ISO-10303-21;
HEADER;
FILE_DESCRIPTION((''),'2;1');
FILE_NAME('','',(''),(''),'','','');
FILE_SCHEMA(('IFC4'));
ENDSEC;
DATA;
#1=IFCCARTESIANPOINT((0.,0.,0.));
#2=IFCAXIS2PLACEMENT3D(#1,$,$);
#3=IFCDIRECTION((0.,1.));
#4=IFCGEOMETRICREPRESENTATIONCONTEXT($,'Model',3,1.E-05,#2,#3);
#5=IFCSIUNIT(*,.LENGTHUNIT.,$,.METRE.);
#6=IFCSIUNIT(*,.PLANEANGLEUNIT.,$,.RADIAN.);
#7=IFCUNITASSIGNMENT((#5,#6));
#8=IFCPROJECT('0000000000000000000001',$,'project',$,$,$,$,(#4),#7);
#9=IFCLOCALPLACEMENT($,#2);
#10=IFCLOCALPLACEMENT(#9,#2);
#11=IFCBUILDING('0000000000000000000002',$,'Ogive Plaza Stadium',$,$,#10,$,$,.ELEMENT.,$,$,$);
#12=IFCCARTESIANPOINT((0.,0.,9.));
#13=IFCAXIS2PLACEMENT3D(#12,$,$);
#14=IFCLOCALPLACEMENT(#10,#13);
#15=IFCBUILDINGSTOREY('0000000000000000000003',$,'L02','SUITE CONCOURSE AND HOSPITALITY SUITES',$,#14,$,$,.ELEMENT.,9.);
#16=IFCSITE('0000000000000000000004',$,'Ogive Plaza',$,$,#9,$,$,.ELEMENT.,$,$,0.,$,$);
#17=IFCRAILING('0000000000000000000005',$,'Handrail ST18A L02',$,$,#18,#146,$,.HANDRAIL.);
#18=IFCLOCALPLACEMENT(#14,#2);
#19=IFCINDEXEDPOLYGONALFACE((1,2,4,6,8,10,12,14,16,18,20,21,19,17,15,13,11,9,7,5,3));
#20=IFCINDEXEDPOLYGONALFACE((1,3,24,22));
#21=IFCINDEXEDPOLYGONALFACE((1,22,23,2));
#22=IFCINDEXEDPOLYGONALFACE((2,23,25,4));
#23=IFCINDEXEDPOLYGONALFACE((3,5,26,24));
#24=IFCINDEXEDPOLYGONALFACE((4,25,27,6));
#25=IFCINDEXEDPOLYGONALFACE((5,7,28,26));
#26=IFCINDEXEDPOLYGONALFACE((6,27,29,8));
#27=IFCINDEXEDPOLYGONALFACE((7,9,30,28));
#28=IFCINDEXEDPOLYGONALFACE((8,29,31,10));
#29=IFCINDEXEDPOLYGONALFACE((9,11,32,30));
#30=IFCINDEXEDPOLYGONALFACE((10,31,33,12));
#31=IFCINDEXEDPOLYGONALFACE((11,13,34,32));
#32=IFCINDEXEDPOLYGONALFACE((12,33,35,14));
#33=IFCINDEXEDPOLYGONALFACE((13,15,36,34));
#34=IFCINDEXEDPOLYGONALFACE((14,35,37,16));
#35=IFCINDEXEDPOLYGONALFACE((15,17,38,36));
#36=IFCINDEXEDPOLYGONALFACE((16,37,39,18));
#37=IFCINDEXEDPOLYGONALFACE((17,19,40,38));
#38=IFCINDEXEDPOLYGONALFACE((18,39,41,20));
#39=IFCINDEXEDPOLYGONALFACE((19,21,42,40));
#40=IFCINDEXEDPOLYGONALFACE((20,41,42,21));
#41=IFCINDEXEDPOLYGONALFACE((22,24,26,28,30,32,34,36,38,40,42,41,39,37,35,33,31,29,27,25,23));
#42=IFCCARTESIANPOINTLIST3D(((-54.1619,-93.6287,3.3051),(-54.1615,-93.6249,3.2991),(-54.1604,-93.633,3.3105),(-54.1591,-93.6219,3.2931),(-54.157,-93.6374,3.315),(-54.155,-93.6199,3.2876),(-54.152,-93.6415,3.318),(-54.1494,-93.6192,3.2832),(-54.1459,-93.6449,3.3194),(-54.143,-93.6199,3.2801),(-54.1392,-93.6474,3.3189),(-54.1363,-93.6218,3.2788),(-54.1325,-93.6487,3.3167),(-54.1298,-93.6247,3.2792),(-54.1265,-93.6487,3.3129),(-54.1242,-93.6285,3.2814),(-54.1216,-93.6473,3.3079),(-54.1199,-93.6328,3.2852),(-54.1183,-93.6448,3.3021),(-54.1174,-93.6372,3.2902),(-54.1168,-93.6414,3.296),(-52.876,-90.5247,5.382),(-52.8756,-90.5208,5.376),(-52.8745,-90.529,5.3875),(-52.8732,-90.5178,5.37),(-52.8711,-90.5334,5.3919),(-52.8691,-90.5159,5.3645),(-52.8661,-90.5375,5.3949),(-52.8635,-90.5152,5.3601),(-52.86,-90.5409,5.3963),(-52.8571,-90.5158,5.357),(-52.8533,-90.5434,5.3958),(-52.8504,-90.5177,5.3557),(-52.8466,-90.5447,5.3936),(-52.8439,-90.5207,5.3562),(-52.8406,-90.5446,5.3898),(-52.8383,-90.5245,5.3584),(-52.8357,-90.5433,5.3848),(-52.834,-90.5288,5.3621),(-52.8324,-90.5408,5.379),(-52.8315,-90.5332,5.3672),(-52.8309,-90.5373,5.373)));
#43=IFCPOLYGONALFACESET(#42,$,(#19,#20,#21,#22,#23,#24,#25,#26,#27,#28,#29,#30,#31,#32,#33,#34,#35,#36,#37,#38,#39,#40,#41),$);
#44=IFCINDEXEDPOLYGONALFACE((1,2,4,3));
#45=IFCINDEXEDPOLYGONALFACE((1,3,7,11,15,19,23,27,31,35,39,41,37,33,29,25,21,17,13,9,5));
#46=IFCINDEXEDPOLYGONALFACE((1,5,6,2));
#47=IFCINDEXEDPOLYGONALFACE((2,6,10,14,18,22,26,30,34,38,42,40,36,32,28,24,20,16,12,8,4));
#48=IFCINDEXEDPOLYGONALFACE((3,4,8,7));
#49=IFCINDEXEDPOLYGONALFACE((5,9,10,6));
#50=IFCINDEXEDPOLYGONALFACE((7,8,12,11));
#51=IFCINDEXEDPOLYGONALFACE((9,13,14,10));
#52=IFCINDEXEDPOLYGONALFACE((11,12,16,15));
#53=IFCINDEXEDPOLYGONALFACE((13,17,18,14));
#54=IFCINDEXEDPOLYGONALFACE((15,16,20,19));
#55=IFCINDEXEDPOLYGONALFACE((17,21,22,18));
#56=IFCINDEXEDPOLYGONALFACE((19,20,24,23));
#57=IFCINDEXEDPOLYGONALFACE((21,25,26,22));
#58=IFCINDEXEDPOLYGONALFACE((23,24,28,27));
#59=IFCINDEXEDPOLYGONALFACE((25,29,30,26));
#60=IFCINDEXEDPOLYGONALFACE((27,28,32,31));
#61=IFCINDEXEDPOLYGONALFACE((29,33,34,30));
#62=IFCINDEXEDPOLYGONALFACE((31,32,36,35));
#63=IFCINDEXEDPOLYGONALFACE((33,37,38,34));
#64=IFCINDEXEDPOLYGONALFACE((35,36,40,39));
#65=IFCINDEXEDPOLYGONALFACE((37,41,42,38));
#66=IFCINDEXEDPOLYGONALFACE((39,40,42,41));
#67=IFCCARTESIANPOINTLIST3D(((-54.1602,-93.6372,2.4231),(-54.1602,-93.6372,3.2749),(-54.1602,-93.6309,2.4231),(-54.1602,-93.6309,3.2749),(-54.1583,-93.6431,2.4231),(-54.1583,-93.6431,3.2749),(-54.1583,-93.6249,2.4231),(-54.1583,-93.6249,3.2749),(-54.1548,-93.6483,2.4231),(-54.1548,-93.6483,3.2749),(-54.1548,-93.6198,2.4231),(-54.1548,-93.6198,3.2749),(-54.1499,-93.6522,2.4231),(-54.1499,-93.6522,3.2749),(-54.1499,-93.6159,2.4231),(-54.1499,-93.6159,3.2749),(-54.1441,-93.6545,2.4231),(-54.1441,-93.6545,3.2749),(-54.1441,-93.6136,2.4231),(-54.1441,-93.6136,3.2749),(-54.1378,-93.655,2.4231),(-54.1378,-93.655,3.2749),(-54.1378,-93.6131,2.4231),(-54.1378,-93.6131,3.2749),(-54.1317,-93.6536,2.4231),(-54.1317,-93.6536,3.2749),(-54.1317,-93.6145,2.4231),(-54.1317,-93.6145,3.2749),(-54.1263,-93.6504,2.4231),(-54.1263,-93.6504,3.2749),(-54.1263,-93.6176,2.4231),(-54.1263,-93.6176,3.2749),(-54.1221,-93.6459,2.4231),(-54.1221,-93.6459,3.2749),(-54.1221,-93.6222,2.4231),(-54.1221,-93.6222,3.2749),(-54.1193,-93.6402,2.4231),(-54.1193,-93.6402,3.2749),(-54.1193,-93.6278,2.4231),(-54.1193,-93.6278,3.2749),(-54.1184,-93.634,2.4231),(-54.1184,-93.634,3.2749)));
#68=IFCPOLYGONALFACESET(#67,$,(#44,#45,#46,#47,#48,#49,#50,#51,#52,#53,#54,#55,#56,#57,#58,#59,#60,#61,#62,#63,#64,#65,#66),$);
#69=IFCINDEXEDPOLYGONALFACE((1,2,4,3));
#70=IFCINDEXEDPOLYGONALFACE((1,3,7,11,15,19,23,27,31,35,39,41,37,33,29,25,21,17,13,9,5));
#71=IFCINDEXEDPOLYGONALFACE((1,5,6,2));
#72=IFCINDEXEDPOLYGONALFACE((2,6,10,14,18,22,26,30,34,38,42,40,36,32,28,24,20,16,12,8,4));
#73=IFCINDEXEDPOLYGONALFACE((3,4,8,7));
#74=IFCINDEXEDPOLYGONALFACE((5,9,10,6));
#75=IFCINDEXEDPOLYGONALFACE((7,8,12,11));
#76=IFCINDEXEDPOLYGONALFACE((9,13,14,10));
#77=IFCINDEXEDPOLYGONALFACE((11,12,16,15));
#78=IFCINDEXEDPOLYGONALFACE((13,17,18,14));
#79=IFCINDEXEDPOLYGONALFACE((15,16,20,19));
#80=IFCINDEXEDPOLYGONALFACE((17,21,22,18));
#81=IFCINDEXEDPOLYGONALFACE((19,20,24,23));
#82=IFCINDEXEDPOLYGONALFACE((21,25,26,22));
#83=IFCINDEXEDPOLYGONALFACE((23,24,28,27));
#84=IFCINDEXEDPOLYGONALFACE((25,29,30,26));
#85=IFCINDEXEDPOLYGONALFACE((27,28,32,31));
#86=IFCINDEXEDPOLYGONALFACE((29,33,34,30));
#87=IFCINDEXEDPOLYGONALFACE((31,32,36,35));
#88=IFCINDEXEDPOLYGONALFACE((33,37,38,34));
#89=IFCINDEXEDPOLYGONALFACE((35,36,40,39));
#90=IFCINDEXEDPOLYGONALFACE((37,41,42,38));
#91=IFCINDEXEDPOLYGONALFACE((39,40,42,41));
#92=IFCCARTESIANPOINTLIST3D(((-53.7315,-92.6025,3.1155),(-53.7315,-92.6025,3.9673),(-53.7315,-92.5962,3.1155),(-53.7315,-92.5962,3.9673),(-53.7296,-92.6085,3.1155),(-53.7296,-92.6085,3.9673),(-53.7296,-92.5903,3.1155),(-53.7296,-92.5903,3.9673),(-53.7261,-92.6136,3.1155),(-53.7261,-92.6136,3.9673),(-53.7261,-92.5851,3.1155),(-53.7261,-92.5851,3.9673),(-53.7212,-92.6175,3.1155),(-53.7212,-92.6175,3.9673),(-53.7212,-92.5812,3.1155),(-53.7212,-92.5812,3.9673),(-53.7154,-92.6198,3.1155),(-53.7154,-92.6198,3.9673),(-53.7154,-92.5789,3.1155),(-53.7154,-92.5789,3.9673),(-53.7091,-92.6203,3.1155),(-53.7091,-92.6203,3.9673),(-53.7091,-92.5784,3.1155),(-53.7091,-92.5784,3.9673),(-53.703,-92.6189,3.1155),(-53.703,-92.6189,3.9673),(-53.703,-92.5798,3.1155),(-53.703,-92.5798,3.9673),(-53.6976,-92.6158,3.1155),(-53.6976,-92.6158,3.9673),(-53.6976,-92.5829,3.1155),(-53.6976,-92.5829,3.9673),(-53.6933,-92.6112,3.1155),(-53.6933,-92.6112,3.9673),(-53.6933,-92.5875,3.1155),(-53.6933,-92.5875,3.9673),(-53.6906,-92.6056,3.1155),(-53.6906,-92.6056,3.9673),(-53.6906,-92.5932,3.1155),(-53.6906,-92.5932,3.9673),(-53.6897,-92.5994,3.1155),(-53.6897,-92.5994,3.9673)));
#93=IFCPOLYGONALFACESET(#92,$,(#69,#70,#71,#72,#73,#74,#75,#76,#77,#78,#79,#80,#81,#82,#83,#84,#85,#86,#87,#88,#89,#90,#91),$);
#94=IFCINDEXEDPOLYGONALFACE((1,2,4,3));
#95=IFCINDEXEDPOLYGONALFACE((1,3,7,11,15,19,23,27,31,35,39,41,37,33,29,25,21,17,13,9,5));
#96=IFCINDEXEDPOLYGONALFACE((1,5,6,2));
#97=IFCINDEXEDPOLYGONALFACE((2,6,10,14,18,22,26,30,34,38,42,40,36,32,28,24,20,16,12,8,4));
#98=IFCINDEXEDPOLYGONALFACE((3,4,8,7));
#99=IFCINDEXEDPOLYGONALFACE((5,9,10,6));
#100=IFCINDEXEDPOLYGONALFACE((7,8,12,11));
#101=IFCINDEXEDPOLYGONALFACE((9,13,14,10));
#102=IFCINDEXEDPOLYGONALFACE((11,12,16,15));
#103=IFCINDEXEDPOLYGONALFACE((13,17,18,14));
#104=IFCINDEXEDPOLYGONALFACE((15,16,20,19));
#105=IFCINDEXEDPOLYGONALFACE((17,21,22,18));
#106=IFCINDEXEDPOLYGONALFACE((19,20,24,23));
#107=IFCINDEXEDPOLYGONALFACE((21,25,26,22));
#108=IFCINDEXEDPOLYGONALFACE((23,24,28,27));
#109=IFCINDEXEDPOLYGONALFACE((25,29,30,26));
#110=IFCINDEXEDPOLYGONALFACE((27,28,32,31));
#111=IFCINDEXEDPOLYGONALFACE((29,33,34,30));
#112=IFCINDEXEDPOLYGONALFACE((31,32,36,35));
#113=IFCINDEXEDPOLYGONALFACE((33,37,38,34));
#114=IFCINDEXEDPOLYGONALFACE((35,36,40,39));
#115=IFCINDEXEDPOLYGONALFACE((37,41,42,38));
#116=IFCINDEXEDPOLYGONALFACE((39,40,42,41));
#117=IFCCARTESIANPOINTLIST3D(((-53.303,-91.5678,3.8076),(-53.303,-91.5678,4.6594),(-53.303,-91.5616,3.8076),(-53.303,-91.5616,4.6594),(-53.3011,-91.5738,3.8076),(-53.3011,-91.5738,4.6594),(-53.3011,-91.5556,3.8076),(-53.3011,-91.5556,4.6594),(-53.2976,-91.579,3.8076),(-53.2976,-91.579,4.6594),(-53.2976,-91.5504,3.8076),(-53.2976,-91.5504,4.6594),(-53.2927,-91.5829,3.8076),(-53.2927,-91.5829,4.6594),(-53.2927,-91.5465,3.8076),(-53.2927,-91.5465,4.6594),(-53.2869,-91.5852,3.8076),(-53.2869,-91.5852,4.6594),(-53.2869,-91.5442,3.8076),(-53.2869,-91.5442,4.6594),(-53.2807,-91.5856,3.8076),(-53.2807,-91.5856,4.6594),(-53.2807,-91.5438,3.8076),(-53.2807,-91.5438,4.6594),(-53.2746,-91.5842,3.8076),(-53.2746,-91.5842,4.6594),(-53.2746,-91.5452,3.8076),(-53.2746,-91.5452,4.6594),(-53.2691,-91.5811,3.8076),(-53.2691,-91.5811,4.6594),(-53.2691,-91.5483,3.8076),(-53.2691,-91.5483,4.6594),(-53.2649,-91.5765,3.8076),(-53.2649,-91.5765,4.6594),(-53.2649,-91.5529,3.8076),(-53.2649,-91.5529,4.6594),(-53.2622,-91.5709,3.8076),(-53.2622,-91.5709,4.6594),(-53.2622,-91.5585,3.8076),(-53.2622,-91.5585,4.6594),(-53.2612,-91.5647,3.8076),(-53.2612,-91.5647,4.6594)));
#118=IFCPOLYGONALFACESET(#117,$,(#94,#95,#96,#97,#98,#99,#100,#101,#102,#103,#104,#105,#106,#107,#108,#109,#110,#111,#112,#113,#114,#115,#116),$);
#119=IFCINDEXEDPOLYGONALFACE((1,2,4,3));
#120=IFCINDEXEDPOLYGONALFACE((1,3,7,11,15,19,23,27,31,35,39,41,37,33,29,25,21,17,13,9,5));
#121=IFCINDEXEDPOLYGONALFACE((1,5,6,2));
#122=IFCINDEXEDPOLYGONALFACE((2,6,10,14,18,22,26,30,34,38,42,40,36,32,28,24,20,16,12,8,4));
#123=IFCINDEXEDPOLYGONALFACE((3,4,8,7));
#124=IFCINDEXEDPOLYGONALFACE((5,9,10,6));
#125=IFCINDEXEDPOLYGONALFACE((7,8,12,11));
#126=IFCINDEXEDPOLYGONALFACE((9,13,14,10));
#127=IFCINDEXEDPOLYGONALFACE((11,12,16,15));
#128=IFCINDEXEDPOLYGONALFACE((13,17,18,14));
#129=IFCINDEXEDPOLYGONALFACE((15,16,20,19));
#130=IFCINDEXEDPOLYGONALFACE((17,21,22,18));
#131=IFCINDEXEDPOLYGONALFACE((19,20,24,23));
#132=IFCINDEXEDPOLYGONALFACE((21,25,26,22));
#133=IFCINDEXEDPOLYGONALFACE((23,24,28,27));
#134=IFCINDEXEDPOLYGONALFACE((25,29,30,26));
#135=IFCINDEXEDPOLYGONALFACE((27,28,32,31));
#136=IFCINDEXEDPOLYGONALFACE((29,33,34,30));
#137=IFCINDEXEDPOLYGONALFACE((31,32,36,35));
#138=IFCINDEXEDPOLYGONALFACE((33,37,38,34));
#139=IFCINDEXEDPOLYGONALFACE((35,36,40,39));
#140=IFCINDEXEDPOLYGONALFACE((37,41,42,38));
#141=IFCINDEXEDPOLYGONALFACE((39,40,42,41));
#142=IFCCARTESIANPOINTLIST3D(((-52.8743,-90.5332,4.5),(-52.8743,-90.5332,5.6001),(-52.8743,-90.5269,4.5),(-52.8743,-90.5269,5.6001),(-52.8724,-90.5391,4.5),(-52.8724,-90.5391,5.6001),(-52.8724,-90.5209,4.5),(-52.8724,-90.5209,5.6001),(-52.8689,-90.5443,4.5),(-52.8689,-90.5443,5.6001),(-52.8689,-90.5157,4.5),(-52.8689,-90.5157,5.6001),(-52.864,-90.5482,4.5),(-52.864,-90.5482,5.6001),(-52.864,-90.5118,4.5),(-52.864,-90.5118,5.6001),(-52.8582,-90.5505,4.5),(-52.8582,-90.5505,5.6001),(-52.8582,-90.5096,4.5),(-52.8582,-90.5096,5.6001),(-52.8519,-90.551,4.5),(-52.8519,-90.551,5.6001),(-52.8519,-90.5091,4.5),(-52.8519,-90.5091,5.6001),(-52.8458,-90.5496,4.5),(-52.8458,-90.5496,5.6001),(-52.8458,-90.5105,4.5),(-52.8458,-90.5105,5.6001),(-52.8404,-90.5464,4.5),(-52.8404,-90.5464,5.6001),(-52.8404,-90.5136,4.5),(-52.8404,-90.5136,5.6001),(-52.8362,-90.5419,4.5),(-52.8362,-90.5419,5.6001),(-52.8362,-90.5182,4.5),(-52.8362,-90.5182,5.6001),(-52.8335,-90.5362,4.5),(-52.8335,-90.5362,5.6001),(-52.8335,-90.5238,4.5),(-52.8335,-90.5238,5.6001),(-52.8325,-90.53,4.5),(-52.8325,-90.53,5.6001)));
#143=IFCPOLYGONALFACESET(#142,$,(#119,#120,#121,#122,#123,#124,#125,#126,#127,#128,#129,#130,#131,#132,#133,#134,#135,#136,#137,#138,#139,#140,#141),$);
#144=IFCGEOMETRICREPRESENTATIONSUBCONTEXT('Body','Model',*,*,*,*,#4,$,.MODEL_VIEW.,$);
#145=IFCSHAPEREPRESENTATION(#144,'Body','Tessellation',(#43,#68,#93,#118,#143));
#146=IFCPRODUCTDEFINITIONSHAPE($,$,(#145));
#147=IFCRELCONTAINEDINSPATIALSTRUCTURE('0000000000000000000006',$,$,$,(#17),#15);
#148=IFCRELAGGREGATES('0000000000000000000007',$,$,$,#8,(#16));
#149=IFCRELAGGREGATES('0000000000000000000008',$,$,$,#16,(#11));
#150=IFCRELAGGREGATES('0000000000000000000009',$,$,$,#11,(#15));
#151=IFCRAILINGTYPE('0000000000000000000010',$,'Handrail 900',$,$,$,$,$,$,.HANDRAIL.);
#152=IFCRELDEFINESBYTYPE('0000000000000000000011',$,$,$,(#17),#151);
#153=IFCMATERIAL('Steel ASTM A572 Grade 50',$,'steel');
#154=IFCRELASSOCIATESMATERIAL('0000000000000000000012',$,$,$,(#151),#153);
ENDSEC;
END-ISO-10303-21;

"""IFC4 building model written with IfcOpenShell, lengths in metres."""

from ifc_helpers import new_model, si_unit, direction, frame, origin, origin_2d, place, context, subcontext, project, spatial, circle, extrude, material, type_object, element, save


model = new_model("IFC4")

# Units and contexts
model_context = context("Model", 3, precision=1e-05, world=origin(), true_north=direction((0.0, 1.0)))
body_context = subcontext(model_context, "Body", "Model", "MODEL_VIEW")
ifc_project = project(units=[si_unit("LENGTHUNIT", "METRE"), si_unit("PLANEANGLEUNIT", "RADIAN")], contexts=[model_context])

# Site, building, storey
site_placement = place(None, origin())
site = spatial("IfcSite", under=ifc_project, at=site_placement, Name="Ogive Plaza", CompositionType="ELEMENT", RefElevation=0.0)
building_placement = place(site_placement, origin())
building = spatial("IfcBuilding", under=site, at=building_placement, Name="Ogive Plaza Stadium", CompositionType="ELEMENT")
storey_placement = place(building_placement, frame((0.0, 0.0, 9.0)))
storey = spatial("IfcBuildingStorey", under=building, at=storey_placement, Name="L02", Description="SUITE CONCOURSE AND HOSPITALITY SUITES", CompositionType="ELEMENT", Elevation=9.0)

# Railing
ifc_material_1 = material(Name="Steel ASTM A572 Grade 50", Category="steel")
railing_type_1 = type_object("IfcRailingType", Name="Handrail 900", PredefinedType="HANDRAIL", material=ifc_material_1)
railing_1_placement = place(storey_placement, frame((-54.1394, -93.634, 2.4231)))
element("IfcRailing", 1, at=railing_1_placement, inside=storey, type_object=railing_type_1, Name="Handrail ST18A L02", PredefinedType="HANDRAIL", context=body_context, shape_type="SweptSolid", body=[
    extrude(circle(Radius=0.0239, at=origin_2d()), frame((0.0, 0.0, 0.876), z_axis=(0.325548, 0.785839, 0.525809), x_axis=(-0.923862, 0.382726, 0.0)), (0.0, 0.0, 1.0), 3.95),
    extrude(circle(Radius=0.021, at=origin_2d()), origin(), (0.0, 0.0, 1.0), 0.8518),
    extrude(circle(Radius=0.021, at=origin_2d()), frame((0.4287, 1.0347, 0.6924)), (0.0, 0.0, 1.0), 0.8518),
    extrude(circle(Radius=0.021, at=origin_2d()), frame((0.8572, 2.0693, 1.3845)), (0.0, 0.0, 1.0), 0.8518),
    extrude(circle(Radius=0.021, at=origin_2d()), frame((1.2859, 3.104, 2.0769)), (0.0, 0.0, 1.0), 1.1001),
])

save(model, "model.ifc")
